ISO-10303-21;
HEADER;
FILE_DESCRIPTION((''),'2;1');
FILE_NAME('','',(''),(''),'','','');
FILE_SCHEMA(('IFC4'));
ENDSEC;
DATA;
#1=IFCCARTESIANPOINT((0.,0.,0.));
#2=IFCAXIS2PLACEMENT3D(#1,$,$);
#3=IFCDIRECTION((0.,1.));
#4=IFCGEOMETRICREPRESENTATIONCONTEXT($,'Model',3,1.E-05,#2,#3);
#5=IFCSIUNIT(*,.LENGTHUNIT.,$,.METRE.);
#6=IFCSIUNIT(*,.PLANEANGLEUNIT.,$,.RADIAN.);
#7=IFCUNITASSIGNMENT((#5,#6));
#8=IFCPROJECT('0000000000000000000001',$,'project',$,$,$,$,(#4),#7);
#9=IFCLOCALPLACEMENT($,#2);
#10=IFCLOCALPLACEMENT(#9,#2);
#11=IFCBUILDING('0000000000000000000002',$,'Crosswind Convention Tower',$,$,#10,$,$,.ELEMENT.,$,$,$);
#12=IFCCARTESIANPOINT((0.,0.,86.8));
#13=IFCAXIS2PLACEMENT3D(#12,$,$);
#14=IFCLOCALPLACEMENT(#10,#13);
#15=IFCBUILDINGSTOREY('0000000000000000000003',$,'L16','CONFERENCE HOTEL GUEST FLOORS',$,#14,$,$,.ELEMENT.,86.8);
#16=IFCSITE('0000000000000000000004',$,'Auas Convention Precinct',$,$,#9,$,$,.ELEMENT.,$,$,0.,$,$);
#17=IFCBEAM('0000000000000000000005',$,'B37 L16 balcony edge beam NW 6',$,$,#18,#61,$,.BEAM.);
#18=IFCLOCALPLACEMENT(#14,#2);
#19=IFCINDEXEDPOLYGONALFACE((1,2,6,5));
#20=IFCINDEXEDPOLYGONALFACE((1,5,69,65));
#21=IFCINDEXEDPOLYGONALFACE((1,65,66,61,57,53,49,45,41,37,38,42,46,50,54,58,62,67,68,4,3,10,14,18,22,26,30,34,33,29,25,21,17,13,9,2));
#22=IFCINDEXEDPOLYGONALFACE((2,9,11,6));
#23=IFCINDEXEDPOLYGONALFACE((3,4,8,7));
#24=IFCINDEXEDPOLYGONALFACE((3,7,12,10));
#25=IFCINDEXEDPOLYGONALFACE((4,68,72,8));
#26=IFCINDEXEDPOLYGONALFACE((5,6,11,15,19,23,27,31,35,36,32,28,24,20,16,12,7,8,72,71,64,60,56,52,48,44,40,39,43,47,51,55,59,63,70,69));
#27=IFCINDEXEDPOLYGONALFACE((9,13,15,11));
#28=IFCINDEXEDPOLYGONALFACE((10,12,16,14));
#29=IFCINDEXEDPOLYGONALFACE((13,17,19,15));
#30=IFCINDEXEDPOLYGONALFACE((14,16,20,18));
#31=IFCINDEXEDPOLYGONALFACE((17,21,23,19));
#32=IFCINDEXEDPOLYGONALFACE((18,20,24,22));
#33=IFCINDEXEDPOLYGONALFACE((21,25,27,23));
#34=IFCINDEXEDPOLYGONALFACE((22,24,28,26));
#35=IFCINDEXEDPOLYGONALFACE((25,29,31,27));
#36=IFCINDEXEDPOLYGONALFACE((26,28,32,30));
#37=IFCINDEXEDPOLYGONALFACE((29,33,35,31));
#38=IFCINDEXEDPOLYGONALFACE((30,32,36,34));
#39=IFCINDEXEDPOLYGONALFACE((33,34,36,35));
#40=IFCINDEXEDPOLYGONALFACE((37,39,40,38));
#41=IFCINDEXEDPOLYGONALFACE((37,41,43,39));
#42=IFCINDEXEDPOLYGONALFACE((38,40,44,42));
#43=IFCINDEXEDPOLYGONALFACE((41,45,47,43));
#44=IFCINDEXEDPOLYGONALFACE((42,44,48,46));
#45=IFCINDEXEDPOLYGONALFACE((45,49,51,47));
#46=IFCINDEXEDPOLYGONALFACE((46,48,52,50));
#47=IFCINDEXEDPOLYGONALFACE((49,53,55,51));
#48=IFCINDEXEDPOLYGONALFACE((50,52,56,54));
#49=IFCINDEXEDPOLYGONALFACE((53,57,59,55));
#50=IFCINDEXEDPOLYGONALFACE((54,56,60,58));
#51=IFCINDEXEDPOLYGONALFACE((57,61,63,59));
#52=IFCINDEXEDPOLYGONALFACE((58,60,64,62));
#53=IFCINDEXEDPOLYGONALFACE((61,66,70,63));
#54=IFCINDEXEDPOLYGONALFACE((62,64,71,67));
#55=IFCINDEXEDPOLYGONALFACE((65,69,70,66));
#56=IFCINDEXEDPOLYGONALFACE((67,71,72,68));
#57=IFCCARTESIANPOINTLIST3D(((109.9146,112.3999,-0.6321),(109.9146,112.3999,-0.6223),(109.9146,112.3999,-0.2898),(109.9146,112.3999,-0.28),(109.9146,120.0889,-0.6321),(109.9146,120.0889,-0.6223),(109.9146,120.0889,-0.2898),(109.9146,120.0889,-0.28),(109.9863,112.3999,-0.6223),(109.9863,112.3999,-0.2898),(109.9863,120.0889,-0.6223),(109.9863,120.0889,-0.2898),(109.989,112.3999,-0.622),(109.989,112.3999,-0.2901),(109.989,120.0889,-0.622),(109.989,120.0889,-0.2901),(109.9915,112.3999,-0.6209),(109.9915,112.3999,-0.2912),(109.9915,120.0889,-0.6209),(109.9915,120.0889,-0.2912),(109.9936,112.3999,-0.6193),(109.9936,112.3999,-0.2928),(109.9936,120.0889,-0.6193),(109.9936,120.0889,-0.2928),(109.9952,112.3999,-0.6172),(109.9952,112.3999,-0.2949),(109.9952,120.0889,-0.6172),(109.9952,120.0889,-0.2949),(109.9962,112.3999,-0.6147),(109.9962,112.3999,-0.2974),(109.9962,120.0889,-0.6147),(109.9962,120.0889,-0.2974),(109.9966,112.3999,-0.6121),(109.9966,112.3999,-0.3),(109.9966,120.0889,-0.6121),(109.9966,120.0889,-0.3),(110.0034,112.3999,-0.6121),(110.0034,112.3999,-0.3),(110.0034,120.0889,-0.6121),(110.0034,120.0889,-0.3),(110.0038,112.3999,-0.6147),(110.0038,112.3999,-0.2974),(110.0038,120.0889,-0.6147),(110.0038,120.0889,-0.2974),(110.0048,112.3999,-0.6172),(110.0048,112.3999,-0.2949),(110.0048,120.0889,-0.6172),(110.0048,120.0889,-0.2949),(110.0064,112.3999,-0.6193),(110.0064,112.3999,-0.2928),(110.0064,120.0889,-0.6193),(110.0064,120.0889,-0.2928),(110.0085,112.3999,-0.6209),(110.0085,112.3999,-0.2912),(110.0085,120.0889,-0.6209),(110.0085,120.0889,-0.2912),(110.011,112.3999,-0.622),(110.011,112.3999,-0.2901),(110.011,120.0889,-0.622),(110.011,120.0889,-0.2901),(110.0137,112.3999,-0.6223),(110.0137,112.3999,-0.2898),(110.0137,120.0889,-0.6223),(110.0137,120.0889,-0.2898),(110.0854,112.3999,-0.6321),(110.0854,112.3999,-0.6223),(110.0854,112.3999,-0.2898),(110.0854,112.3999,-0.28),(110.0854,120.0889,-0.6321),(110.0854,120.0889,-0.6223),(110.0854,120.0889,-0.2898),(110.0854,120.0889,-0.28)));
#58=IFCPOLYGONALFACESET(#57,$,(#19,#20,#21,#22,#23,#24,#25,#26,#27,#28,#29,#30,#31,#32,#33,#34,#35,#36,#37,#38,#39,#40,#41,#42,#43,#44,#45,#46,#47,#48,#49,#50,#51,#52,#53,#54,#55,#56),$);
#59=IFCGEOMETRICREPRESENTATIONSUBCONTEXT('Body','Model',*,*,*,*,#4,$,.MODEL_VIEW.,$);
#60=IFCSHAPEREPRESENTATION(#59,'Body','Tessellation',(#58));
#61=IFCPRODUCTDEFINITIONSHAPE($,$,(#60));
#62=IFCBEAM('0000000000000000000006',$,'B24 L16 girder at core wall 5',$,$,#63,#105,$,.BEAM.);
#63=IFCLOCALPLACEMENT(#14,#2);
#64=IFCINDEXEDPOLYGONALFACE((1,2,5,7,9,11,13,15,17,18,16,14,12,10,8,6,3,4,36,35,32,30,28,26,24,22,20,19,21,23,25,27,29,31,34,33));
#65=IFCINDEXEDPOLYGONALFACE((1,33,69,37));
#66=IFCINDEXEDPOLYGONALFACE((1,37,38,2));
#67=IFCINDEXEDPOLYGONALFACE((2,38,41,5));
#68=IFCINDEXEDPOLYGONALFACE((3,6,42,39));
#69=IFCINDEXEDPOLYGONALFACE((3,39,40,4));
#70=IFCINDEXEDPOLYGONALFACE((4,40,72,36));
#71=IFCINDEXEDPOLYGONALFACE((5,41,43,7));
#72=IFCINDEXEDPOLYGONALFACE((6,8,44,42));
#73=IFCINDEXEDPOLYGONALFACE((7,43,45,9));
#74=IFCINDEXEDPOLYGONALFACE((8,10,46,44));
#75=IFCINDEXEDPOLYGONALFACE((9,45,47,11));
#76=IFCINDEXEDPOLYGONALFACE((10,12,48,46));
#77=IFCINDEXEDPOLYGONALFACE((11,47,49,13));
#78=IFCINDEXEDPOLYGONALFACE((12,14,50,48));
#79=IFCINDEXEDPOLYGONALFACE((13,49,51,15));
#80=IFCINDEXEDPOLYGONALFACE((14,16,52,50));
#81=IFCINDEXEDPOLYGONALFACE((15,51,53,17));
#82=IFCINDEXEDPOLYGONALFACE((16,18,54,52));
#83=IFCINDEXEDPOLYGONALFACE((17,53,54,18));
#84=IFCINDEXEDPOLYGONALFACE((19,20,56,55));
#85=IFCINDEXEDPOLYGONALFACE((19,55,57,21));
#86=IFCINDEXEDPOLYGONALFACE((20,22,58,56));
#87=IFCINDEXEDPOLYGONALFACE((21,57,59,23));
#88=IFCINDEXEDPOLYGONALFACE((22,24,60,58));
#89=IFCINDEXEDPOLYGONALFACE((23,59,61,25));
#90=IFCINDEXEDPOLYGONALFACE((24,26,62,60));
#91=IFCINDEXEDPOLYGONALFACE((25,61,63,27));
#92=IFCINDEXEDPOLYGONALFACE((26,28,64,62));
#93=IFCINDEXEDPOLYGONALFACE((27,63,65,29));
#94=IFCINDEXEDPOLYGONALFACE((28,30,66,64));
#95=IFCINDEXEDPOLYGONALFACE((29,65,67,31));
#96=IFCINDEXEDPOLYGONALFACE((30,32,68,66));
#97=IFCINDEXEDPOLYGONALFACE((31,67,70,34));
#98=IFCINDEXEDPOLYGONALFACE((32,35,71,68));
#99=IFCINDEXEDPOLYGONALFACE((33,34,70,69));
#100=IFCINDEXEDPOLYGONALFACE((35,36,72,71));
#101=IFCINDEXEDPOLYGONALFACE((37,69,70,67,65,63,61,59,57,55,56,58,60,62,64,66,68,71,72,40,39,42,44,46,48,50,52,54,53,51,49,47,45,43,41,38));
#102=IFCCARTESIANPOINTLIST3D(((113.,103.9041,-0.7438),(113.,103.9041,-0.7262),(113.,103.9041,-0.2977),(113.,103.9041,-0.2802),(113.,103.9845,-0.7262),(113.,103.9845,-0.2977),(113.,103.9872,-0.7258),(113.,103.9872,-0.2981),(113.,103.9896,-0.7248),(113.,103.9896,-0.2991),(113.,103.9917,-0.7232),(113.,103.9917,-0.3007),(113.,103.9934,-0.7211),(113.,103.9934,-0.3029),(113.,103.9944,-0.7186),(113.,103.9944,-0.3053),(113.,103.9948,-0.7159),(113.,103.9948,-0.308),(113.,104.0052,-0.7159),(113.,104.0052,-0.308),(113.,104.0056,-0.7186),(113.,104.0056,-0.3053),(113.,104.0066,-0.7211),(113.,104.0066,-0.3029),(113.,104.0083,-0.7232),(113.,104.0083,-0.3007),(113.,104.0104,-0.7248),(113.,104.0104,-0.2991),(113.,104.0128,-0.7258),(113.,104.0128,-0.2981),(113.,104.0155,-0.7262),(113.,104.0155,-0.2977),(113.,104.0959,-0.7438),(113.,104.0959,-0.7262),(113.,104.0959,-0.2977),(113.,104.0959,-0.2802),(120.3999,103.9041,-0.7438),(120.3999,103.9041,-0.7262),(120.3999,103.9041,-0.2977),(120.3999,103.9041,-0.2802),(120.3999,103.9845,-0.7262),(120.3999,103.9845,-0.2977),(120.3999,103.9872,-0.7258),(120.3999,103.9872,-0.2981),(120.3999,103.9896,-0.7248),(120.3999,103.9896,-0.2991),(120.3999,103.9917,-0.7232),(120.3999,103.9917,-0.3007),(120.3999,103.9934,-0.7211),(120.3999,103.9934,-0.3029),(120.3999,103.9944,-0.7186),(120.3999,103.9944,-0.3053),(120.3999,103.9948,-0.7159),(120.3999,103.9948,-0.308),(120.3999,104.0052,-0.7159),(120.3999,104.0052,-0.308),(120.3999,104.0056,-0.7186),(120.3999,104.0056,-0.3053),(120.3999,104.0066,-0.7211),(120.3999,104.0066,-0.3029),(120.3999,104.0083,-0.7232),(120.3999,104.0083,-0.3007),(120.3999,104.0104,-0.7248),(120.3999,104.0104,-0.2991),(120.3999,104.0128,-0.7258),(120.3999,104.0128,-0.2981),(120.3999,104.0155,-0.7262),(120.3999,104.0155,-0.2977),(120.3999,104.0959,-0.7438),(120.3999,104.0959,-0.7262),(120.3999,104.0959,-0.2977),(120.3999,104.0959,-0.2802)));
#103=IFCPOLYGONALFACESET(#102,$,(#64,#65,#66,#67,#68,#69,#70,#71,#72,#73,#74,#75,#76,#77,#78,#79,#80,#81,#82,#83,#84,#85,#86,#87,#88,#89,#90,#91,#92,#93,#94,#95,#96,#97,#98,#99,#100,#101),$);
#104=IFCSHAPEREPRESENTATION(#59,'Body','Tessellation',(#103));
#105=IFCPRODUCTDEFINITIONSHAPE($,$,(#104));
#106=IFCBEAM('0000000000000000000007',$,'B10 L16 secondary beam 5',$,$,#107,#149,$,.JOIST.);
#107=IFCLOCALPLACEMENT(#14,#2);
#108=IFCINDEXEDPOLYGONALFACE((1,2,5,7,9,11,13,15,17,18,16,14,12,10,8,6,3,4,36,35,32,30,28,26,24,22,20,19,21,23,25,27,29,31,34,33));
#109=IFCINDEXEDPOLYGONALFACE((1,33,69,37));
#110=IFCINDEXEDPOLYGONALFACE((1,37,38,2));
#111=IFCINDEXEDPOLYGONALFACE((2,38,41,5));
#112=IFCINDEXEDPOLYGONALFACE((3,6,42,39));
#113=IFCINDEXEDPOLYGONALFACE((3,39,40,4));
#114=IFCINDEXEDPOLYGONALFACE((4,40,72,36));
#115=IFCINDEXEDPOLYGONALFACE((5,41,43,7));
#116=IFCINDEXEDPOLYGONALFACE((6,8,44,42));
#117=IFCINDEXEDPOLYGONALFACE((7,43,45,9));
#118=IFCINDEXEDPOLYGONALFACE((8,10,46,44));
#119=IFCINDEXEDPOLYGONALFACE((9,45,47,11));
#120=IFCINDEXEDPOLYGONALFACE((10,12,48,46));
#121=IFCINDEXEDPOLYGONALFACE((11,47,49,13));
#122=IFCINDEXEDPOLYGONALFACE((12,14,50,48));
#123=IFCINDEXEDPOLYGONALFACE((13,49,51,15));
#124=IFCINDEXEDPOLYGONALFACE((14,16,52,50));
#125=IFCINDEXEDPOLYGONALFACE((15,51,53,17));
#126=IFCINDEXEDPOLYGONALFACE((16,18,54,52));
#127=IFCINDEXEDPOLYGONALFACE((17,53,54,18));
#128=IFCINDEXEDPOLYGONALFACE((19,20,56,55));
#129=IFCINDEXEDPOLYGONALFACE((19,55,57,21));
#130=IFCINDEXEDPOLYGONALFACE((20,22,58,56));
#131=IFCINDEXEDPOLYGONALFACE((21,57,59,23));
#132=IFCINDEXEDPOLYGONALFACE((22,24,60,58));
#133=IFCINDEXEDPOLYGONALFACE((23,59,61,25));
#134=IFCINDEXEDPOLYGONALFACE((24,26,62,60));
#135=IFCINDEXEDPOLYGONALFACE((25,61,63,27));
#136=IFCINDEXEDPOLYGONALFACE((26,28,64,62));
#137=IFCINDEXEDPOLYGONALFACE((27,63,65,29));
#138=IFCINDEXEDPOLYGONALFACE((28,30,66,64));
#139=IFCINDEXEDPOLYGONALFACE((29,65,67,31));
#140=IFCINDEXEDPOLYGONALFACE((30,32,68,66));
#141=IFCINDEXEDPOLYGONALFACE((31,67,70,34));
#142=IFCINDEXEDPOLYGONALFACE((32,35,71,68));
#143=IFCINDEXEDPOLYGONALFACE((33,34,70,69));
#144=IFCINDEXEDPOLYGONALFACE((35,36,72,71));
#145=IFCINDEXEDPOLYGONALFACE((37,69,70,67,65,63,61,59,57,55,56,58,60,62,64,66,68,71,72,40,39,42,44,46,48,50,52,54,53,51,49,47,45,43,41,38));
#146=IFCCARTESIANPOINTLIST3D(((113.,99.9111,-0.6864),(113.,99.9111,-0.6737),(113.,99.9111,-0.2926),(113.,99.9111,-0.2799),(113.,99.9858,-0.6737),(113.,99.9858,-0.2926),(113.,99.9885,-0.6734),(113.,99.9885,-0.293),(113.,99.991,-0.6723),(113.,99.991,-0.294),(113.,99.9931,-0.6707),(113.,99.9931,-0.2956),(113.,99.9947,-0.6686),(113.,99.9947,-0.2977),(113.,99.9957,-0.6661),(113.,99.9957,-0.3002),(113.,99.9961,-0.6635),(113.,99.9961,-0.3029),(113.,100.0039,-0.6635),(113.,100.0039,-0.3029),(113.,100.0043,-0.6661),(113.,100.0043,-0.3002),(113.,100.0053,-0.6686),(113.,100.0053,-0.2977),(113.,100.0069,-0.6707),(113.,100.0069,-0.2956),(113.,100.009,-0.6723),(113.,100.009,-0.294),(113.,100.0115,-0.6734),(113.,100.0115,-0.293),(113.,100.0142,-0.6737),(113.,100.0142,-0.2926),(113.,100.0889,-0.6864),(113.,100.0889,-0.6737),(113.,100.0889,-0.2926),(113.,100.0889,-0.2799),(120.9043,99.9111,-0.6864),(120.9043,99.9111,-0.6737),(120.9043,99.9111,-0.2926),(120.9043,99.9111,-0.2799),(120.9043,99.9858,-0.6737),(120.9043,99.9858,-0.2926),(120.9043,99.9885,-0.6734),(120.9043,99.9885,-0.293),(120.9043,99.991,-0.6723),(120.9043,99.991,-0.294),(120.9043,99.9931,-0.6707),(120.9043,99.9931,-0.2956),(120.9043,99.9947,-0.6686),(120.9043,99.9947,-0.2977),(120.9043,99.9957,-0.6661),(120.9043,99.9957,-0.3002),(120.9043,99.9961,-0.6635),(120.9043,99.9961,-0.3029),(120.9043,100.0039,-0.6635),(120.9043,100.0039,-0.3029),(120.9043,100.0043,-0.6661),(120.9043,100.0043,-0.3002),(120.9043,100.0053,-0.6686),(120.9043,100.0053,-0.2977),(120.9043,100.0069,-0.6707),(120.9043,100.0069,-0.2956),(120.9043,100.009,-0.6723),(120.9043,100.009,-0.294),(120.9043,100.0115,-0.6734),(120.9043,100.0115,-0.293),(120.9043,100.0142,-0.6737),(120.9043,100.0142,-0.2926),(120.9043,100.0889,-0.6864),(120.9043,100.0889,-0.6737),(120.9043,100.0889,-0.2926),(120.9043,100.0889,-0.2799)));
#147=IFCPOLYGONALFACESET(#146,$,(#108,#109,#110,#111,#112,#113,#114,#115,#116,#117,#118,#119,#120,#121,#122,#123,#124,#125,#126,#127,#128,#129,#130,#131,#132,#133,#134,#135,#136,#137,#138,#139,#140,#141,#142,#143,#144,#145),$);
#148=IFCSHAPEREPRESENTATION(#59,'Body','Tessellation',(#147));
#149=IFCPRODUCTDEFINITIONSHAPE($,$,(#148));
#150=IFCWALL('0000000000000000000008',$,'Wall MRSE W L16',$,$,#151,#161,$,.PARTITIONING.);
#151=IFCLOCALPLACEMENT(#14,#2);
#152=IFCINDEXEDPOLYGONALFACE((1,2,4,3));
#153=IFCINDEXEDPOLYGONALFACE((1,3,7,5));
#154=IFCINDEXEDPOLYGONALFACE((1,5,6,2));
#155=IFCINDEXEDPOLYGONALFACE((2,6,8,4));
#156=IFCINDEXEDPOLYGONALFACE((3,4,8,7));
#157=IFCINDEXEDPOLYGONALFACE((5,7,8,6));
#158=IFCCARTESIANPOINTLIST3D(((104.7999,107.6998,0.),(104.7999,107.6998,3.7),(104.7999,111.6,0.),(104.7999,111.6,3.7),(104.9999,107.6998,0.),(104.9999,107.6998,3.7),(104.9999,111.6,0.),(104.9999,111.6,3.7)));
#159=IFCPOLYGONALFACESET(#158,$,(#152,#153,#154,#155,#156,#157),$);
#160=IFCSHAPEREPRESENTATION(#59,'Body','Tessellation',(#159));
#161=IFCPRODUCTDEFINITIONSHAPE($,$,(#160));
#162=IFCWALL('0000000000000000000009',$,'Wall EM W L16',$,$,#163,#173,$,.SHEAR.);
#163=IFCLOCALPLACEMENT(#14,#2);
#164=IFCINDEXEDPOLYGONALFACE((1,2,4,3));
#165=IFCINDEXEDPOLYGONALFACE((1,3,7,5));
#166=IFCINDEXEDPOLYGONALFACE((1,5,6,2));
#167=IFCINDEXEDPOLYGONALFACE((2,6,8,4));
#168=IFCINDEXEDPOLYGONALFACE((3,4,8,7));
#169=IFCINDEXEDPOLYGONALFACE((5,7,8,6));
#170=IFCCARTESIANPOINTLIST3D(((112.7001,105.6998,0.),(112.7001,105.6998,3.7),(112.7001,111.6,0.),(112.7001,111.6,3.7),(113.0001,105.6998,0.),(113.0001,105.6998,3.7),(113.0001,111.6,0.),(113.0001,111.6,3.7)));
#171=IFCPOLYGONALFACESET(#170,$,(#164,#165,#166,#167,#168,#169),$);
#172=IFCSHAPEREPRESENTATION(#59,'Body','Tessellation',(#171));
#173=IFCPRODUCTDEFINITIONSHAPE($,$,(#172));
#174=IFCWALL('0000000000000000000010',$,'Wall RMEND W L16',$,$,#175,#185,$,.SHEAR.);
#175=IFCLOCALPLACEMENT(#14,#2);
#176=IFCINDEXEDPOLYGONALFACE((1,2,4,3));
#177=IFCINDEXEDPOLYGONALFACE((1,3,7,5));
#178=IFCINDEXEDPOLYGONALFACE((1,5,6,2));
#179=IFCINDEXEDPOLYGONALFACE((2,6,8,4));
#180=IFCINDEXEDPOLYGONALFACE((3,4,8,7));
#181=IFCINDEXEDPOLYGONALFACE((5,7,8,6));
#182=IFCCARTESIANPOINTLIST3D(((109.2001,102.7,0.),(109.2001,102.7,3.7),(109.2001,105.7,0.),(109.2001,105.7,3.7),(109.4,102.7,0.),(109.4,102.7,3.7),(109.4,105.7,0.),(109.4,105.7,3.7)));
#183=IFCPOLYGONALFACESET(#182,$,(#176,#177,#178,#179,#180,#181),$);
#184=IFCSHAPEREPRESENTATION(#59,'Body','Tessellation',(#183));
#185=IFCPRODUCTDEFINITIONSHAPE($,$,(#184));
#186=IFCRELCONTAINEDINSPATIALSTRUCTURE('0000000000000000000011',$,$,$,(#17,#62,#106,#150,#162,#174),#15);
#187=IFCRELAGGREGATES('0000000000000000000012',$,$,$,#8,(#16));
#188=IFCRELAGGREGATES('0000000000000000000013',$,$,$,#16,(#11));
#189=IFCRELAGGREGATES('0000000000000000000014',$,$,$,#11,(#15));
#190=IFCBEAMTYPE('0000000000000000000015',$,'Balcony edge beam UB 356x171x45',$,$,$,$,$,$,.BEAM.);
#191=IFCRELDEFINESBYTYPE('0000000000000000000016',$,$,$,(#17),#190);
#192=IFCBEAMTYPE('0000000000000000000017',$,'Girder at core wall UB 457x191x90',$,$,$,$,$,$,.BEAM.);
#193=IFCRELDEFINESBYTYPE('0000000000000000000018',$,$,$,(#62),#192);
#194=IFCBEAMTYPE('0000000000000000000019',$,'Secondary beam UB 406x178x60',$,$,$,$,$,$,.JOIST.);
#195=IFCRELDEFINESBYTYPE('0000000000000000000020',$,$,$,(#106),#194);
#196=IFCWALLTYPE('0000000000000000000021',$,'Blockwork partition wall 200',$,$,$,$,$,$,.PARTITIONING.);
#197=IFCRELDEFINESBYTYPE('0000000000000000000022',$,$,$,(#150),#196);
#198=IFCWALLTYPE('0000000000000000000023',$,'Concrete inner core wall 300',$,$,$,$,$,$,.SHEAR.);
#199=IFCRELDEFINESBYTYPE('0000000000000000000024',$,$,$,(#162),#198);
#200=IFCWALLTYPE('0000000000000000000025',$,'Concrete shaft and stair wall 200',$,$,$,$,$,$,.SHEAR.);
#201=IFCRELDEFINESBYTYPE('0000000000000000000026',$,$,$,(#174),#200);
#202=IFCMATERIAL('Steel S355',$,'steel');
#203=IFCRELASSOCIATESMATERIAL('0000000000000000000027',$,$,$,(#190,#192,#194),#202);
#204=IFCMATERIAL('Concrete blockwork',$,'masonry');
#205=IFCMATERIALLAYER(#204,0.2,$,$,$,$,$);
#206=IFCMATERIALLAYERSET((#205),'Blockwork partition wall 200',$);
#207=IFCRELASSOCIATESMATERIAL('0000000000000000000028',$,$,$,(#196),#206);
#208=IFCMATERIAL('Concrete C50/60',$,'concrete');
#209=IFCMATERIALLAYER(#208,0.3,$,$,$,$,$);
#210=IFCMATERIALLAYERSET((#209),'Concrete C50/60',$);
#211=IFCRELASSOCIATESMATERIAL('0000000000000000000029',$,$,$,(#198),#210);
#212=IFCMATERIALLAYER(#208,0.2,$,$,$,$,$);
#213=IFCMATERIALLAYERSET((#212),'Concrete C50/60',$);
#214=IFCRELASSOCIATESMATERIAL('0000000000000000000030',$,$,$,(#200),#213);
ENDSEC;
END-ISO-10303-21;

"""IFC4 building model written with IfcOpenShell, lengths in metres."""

from ifc_helpers import new_model, si_unit, direction, frame, frame_2d, origin, origin_2d, place, context, subcontext, project, spatial, rectangle, i_section, extrude, material, layer, layer_set, material_profile, profile_set, type_object, element, save


model = new_model("IFC4")

# Units and contexts
model_context = context("Model", 3, precision=1e-05, world=origin(), true_north=direction((0.0, 1.0)))
body_context = subcontext(model_context, "Body", "Model", "MODEL_VIEW")
ifc_project = project(units=[si_unit("LENGTHUNIT", "METRE"), si_unit("PLANEANGLEUNIT", "RADIAN")], contexts=[model_context])

# Site, building, storey
site_placement = place(None, origin())
site = spatial("IfcSite", under=ifc_project, at=site_placement, Name="Auas Convention Precinct", CompositionType="ELEMENT", RefElevation=0.0)
building_placement = place(site_placement, origin())
building = spatial("IfcBuilding", under=site, at=building_placement, Name="Crosswind Convention Tower", CompositionType="ELEMENT")
storey_placement = place(building_placement, frame((0.0, 0.0, 86.8)))
storey = spatial("IfcBuildingStorey", under=building, at=storey_placement, Name="L16", Description="CONFERENCE HOTEL GUEST FLOORS", CompositionType="ELEMENT", Elevation=86.8)

# Beams
ifc_material_1 = material(Name="Steel S355", Category="steel")
ifc_material_profile_1 = material_profile(ifc_material_1, i_section(OverallWidth=0.1709, OverallDepth=0.3521, WebThickness=0.0068, FlangeThickness=0.0098, FilletRadius=0.0103, at=origin_2d()), Name="UB 356x171x45")
ifc_profile_set_1 = profile_set([ifc_material_profile_1], Name="Steel S355")
beam_type_1 = type_object("IfcBeamType", Name="Balcony edge beam UB 356x171x45", PredefinedType="BEAM", material=ifc_profile_set_1)
beam_1_placement = place(storey_placement, frame((110.0, 112.3999, -0.4561), z_axis=(0.0, 1.0, 0.0), x_axis=(-1.0, 0.0, 0.0)))
element("IfcBeam", 1, at=beam_1_placement, inside=storey, type_object=beam_type_1, Name="B37 L16 balcony edge beam NW 6", PredefinedType="BEAM", context=body_context, shape_type="SweptSolid", body=[
    extrude(i_section(OverallWidth=0.1709, OverallDepth=0.3521, WebThickness=0.0068, FlangeThickness=0.0098, FilletRadius=0.0103, at=origin_2d()), origin(), (0.0, 0.0, 1.0), 7.689),
])
ifc_material_profile_2 = material_profile(ifc_material_1, i_section(OverallWidth=0.1919, OverallDepth=0.4636, WebThickness=0.0105, FlangeThickness=0.0176, FilletRadius=0.0103, at=origin_2d()), Name="UB 457x191x90")
ifc_profile_set_2 = profile_set([ifc_material_profile_2], Name="Steel S355")
beam_type_2 = type_object("IfcBeamType", Name="Girder at core wall UB 457x191x90", PredefinedType="BEAM", material=ifc_profile_set_2)
beam_2_placement = place(storey_placement, frame((113.0, 104.0, -0.512), z_axis=(1.0, 0.0, 0.0), x_axis=(0.0, 1.0, 0.0)))
element("IfcBeam", 2, at=beam_2_placement, inside=storey, type_object=beam_type_2, Name="B24 L16 girder at core wall 5", PredefinedType="BEAM", context=body_context, shape_type="SweptSolid", body=[
    extrude(i_section(OverallWidth=0.1919, OverallDepth=0.4636, WebThickness=0.0105, FlangeThickness=0.0176, FilletRadius=0.0103, at=origin_2d()), origin(), (0.0, 0.0, 1.0), 7.3999),
])
ifc_material_profile_3 = material_profile(ifc_material_1, i_section(OverallWidth=0.1777, OverallDepth=0.4065, WebThickness=0.0078, FlangeThickness=0.0127, FilletRadius=0.0103, at=origin_2d()), Name="UB 406x178x60")
ifc_profile_set_3 = profile_set([ifc_material_profile_3], Name="Steel S355")
beam_type_3 = type_object("IfcBeamType", Name="Secondary beam UB 406x178x60", PredefinedType="JOIST", material=ifc_profile_set_3)
beam_3_placement = place(storey_placement, frame((113.0, 100.0, -0.4832), z_axis=(1.0, 0.0, 0.0), x_axis=(0.0, 1.0, 0.0)))
element("IfcBeam", 3, at=beam_3_placement, inside=storey, type_object=beam_type_3, Name="B10 L16 secondary beam 5", PredefinedType="JOIST", context=body_context, shape_type="SweptSolid", body=[
    extrude(i_section(OverallWidth=0.1777, OverallDepth=0.4065, WebThickness=0.0078, FlangeThickness=0.0127, FilletRadius=0.0103, at=origin_2d()), origin(), (0.0, 0.0, 1.0), 7.9043),
])

# Wall
ifc_material_2 = material(Name="Concrete blockwork", Category="masonry")
ifc_layer_1 = layer(ifc_material_2, 0.2)
ifc_layer_set_1 = layer_set([ifc_layer_1], Name="Blockwork partition wall 200")
wall_type_1 = type_object("IfcWallType", Name="Blockwork partition wall 200", PredefinedType="PARTITIONING", material=ifc_layer_set_1)
wall_1_placement = place(storey_placement, frame((104.8999, 111.6001, 0.0), z_axis=(0.0, 0.0, 1.0), x_axis=(0.0, -1.0, 0.0)))
element("IfcWall", 4, at=wall_1_placement, inside=storey, type_object=wall_type_1, Name="Wall MRSE W L16", PredefinedType="PARTITIONING", context=body_context, shape_type="SweptSolid", body=[
    extrude(rectangle(XDim=3.9001, YDim=0.2, at=frame_2d((1.9502, 0.0))), origin(), (0.0, 0.0, 1.0), 3.7),
])

# Shared definitions
ifc_material_3 = material(Name="Concrete C50/60", Category="concrete")
ifc_layer_2 = layer(ifc_material_3, 0.3)
ifc_layer_set_2 = layer_set([ifc_layer_2], Name="Concrete C50/60")
wall_type_2 = type_object("IfcWallType", Name="Concrete inner core wall 300", PredefinedType="SHEAR", material=ifc_layer_set_2)

# Walls
wall_2_placement = place(storey_placement, frame((112.8501, 111.6001, 0.0), z_axis=(0.0, 0.0, 1.0), x_axis=(0.0, -1.0, 0.0)))
element("IfcWall", 5, at=wall_2_placement, inside=storey, type_object=wall_type_2, Name="Wall EM W L16", PredefinedType="SHEAR", context=body_context, shape_type="SweptSolid", body=[
    extrude(rectangle(XDim=5.9001, YDim=0.3, at=frame_2d((2.9502, 0.0))), origin(), (0.0, 0.0, 1.0), 3.7),
])
ifc_layer_3 = layer(ifc_material_3, 0.2)
ifc_layer_set_3 = layer_set([ifc_layer_3], Name="Concrete C50/60")
wall_type_3 = type_object("IfcWallType", Name="Concrete shaft and stair wall 200", PredefinedType="SHEAR", material=ifc_layer_set_3)
wall_3_placement = place(storey_placement, frame((109.3, 105.7, 0.0), z_axis=(0.0, 0.0, 1.0), x_axis=(0.0, -1.0, 0.0)))
element("IfcWall", 6, at=wall_3_placement, inside=storey, type_object=wall_type_3, Name="Wall RMEND W L16", PredefinedType="SHEAR", context=body_context, shape_type="SweptSolid", body=[
    extrude(rectangle(XDim=3.0, YDim=0.2, at=frame_2d((1.5, 0.0))), origin(), (0.0, 0.0, 1.0), 3.7),
])

save(model, "model.ifc")
